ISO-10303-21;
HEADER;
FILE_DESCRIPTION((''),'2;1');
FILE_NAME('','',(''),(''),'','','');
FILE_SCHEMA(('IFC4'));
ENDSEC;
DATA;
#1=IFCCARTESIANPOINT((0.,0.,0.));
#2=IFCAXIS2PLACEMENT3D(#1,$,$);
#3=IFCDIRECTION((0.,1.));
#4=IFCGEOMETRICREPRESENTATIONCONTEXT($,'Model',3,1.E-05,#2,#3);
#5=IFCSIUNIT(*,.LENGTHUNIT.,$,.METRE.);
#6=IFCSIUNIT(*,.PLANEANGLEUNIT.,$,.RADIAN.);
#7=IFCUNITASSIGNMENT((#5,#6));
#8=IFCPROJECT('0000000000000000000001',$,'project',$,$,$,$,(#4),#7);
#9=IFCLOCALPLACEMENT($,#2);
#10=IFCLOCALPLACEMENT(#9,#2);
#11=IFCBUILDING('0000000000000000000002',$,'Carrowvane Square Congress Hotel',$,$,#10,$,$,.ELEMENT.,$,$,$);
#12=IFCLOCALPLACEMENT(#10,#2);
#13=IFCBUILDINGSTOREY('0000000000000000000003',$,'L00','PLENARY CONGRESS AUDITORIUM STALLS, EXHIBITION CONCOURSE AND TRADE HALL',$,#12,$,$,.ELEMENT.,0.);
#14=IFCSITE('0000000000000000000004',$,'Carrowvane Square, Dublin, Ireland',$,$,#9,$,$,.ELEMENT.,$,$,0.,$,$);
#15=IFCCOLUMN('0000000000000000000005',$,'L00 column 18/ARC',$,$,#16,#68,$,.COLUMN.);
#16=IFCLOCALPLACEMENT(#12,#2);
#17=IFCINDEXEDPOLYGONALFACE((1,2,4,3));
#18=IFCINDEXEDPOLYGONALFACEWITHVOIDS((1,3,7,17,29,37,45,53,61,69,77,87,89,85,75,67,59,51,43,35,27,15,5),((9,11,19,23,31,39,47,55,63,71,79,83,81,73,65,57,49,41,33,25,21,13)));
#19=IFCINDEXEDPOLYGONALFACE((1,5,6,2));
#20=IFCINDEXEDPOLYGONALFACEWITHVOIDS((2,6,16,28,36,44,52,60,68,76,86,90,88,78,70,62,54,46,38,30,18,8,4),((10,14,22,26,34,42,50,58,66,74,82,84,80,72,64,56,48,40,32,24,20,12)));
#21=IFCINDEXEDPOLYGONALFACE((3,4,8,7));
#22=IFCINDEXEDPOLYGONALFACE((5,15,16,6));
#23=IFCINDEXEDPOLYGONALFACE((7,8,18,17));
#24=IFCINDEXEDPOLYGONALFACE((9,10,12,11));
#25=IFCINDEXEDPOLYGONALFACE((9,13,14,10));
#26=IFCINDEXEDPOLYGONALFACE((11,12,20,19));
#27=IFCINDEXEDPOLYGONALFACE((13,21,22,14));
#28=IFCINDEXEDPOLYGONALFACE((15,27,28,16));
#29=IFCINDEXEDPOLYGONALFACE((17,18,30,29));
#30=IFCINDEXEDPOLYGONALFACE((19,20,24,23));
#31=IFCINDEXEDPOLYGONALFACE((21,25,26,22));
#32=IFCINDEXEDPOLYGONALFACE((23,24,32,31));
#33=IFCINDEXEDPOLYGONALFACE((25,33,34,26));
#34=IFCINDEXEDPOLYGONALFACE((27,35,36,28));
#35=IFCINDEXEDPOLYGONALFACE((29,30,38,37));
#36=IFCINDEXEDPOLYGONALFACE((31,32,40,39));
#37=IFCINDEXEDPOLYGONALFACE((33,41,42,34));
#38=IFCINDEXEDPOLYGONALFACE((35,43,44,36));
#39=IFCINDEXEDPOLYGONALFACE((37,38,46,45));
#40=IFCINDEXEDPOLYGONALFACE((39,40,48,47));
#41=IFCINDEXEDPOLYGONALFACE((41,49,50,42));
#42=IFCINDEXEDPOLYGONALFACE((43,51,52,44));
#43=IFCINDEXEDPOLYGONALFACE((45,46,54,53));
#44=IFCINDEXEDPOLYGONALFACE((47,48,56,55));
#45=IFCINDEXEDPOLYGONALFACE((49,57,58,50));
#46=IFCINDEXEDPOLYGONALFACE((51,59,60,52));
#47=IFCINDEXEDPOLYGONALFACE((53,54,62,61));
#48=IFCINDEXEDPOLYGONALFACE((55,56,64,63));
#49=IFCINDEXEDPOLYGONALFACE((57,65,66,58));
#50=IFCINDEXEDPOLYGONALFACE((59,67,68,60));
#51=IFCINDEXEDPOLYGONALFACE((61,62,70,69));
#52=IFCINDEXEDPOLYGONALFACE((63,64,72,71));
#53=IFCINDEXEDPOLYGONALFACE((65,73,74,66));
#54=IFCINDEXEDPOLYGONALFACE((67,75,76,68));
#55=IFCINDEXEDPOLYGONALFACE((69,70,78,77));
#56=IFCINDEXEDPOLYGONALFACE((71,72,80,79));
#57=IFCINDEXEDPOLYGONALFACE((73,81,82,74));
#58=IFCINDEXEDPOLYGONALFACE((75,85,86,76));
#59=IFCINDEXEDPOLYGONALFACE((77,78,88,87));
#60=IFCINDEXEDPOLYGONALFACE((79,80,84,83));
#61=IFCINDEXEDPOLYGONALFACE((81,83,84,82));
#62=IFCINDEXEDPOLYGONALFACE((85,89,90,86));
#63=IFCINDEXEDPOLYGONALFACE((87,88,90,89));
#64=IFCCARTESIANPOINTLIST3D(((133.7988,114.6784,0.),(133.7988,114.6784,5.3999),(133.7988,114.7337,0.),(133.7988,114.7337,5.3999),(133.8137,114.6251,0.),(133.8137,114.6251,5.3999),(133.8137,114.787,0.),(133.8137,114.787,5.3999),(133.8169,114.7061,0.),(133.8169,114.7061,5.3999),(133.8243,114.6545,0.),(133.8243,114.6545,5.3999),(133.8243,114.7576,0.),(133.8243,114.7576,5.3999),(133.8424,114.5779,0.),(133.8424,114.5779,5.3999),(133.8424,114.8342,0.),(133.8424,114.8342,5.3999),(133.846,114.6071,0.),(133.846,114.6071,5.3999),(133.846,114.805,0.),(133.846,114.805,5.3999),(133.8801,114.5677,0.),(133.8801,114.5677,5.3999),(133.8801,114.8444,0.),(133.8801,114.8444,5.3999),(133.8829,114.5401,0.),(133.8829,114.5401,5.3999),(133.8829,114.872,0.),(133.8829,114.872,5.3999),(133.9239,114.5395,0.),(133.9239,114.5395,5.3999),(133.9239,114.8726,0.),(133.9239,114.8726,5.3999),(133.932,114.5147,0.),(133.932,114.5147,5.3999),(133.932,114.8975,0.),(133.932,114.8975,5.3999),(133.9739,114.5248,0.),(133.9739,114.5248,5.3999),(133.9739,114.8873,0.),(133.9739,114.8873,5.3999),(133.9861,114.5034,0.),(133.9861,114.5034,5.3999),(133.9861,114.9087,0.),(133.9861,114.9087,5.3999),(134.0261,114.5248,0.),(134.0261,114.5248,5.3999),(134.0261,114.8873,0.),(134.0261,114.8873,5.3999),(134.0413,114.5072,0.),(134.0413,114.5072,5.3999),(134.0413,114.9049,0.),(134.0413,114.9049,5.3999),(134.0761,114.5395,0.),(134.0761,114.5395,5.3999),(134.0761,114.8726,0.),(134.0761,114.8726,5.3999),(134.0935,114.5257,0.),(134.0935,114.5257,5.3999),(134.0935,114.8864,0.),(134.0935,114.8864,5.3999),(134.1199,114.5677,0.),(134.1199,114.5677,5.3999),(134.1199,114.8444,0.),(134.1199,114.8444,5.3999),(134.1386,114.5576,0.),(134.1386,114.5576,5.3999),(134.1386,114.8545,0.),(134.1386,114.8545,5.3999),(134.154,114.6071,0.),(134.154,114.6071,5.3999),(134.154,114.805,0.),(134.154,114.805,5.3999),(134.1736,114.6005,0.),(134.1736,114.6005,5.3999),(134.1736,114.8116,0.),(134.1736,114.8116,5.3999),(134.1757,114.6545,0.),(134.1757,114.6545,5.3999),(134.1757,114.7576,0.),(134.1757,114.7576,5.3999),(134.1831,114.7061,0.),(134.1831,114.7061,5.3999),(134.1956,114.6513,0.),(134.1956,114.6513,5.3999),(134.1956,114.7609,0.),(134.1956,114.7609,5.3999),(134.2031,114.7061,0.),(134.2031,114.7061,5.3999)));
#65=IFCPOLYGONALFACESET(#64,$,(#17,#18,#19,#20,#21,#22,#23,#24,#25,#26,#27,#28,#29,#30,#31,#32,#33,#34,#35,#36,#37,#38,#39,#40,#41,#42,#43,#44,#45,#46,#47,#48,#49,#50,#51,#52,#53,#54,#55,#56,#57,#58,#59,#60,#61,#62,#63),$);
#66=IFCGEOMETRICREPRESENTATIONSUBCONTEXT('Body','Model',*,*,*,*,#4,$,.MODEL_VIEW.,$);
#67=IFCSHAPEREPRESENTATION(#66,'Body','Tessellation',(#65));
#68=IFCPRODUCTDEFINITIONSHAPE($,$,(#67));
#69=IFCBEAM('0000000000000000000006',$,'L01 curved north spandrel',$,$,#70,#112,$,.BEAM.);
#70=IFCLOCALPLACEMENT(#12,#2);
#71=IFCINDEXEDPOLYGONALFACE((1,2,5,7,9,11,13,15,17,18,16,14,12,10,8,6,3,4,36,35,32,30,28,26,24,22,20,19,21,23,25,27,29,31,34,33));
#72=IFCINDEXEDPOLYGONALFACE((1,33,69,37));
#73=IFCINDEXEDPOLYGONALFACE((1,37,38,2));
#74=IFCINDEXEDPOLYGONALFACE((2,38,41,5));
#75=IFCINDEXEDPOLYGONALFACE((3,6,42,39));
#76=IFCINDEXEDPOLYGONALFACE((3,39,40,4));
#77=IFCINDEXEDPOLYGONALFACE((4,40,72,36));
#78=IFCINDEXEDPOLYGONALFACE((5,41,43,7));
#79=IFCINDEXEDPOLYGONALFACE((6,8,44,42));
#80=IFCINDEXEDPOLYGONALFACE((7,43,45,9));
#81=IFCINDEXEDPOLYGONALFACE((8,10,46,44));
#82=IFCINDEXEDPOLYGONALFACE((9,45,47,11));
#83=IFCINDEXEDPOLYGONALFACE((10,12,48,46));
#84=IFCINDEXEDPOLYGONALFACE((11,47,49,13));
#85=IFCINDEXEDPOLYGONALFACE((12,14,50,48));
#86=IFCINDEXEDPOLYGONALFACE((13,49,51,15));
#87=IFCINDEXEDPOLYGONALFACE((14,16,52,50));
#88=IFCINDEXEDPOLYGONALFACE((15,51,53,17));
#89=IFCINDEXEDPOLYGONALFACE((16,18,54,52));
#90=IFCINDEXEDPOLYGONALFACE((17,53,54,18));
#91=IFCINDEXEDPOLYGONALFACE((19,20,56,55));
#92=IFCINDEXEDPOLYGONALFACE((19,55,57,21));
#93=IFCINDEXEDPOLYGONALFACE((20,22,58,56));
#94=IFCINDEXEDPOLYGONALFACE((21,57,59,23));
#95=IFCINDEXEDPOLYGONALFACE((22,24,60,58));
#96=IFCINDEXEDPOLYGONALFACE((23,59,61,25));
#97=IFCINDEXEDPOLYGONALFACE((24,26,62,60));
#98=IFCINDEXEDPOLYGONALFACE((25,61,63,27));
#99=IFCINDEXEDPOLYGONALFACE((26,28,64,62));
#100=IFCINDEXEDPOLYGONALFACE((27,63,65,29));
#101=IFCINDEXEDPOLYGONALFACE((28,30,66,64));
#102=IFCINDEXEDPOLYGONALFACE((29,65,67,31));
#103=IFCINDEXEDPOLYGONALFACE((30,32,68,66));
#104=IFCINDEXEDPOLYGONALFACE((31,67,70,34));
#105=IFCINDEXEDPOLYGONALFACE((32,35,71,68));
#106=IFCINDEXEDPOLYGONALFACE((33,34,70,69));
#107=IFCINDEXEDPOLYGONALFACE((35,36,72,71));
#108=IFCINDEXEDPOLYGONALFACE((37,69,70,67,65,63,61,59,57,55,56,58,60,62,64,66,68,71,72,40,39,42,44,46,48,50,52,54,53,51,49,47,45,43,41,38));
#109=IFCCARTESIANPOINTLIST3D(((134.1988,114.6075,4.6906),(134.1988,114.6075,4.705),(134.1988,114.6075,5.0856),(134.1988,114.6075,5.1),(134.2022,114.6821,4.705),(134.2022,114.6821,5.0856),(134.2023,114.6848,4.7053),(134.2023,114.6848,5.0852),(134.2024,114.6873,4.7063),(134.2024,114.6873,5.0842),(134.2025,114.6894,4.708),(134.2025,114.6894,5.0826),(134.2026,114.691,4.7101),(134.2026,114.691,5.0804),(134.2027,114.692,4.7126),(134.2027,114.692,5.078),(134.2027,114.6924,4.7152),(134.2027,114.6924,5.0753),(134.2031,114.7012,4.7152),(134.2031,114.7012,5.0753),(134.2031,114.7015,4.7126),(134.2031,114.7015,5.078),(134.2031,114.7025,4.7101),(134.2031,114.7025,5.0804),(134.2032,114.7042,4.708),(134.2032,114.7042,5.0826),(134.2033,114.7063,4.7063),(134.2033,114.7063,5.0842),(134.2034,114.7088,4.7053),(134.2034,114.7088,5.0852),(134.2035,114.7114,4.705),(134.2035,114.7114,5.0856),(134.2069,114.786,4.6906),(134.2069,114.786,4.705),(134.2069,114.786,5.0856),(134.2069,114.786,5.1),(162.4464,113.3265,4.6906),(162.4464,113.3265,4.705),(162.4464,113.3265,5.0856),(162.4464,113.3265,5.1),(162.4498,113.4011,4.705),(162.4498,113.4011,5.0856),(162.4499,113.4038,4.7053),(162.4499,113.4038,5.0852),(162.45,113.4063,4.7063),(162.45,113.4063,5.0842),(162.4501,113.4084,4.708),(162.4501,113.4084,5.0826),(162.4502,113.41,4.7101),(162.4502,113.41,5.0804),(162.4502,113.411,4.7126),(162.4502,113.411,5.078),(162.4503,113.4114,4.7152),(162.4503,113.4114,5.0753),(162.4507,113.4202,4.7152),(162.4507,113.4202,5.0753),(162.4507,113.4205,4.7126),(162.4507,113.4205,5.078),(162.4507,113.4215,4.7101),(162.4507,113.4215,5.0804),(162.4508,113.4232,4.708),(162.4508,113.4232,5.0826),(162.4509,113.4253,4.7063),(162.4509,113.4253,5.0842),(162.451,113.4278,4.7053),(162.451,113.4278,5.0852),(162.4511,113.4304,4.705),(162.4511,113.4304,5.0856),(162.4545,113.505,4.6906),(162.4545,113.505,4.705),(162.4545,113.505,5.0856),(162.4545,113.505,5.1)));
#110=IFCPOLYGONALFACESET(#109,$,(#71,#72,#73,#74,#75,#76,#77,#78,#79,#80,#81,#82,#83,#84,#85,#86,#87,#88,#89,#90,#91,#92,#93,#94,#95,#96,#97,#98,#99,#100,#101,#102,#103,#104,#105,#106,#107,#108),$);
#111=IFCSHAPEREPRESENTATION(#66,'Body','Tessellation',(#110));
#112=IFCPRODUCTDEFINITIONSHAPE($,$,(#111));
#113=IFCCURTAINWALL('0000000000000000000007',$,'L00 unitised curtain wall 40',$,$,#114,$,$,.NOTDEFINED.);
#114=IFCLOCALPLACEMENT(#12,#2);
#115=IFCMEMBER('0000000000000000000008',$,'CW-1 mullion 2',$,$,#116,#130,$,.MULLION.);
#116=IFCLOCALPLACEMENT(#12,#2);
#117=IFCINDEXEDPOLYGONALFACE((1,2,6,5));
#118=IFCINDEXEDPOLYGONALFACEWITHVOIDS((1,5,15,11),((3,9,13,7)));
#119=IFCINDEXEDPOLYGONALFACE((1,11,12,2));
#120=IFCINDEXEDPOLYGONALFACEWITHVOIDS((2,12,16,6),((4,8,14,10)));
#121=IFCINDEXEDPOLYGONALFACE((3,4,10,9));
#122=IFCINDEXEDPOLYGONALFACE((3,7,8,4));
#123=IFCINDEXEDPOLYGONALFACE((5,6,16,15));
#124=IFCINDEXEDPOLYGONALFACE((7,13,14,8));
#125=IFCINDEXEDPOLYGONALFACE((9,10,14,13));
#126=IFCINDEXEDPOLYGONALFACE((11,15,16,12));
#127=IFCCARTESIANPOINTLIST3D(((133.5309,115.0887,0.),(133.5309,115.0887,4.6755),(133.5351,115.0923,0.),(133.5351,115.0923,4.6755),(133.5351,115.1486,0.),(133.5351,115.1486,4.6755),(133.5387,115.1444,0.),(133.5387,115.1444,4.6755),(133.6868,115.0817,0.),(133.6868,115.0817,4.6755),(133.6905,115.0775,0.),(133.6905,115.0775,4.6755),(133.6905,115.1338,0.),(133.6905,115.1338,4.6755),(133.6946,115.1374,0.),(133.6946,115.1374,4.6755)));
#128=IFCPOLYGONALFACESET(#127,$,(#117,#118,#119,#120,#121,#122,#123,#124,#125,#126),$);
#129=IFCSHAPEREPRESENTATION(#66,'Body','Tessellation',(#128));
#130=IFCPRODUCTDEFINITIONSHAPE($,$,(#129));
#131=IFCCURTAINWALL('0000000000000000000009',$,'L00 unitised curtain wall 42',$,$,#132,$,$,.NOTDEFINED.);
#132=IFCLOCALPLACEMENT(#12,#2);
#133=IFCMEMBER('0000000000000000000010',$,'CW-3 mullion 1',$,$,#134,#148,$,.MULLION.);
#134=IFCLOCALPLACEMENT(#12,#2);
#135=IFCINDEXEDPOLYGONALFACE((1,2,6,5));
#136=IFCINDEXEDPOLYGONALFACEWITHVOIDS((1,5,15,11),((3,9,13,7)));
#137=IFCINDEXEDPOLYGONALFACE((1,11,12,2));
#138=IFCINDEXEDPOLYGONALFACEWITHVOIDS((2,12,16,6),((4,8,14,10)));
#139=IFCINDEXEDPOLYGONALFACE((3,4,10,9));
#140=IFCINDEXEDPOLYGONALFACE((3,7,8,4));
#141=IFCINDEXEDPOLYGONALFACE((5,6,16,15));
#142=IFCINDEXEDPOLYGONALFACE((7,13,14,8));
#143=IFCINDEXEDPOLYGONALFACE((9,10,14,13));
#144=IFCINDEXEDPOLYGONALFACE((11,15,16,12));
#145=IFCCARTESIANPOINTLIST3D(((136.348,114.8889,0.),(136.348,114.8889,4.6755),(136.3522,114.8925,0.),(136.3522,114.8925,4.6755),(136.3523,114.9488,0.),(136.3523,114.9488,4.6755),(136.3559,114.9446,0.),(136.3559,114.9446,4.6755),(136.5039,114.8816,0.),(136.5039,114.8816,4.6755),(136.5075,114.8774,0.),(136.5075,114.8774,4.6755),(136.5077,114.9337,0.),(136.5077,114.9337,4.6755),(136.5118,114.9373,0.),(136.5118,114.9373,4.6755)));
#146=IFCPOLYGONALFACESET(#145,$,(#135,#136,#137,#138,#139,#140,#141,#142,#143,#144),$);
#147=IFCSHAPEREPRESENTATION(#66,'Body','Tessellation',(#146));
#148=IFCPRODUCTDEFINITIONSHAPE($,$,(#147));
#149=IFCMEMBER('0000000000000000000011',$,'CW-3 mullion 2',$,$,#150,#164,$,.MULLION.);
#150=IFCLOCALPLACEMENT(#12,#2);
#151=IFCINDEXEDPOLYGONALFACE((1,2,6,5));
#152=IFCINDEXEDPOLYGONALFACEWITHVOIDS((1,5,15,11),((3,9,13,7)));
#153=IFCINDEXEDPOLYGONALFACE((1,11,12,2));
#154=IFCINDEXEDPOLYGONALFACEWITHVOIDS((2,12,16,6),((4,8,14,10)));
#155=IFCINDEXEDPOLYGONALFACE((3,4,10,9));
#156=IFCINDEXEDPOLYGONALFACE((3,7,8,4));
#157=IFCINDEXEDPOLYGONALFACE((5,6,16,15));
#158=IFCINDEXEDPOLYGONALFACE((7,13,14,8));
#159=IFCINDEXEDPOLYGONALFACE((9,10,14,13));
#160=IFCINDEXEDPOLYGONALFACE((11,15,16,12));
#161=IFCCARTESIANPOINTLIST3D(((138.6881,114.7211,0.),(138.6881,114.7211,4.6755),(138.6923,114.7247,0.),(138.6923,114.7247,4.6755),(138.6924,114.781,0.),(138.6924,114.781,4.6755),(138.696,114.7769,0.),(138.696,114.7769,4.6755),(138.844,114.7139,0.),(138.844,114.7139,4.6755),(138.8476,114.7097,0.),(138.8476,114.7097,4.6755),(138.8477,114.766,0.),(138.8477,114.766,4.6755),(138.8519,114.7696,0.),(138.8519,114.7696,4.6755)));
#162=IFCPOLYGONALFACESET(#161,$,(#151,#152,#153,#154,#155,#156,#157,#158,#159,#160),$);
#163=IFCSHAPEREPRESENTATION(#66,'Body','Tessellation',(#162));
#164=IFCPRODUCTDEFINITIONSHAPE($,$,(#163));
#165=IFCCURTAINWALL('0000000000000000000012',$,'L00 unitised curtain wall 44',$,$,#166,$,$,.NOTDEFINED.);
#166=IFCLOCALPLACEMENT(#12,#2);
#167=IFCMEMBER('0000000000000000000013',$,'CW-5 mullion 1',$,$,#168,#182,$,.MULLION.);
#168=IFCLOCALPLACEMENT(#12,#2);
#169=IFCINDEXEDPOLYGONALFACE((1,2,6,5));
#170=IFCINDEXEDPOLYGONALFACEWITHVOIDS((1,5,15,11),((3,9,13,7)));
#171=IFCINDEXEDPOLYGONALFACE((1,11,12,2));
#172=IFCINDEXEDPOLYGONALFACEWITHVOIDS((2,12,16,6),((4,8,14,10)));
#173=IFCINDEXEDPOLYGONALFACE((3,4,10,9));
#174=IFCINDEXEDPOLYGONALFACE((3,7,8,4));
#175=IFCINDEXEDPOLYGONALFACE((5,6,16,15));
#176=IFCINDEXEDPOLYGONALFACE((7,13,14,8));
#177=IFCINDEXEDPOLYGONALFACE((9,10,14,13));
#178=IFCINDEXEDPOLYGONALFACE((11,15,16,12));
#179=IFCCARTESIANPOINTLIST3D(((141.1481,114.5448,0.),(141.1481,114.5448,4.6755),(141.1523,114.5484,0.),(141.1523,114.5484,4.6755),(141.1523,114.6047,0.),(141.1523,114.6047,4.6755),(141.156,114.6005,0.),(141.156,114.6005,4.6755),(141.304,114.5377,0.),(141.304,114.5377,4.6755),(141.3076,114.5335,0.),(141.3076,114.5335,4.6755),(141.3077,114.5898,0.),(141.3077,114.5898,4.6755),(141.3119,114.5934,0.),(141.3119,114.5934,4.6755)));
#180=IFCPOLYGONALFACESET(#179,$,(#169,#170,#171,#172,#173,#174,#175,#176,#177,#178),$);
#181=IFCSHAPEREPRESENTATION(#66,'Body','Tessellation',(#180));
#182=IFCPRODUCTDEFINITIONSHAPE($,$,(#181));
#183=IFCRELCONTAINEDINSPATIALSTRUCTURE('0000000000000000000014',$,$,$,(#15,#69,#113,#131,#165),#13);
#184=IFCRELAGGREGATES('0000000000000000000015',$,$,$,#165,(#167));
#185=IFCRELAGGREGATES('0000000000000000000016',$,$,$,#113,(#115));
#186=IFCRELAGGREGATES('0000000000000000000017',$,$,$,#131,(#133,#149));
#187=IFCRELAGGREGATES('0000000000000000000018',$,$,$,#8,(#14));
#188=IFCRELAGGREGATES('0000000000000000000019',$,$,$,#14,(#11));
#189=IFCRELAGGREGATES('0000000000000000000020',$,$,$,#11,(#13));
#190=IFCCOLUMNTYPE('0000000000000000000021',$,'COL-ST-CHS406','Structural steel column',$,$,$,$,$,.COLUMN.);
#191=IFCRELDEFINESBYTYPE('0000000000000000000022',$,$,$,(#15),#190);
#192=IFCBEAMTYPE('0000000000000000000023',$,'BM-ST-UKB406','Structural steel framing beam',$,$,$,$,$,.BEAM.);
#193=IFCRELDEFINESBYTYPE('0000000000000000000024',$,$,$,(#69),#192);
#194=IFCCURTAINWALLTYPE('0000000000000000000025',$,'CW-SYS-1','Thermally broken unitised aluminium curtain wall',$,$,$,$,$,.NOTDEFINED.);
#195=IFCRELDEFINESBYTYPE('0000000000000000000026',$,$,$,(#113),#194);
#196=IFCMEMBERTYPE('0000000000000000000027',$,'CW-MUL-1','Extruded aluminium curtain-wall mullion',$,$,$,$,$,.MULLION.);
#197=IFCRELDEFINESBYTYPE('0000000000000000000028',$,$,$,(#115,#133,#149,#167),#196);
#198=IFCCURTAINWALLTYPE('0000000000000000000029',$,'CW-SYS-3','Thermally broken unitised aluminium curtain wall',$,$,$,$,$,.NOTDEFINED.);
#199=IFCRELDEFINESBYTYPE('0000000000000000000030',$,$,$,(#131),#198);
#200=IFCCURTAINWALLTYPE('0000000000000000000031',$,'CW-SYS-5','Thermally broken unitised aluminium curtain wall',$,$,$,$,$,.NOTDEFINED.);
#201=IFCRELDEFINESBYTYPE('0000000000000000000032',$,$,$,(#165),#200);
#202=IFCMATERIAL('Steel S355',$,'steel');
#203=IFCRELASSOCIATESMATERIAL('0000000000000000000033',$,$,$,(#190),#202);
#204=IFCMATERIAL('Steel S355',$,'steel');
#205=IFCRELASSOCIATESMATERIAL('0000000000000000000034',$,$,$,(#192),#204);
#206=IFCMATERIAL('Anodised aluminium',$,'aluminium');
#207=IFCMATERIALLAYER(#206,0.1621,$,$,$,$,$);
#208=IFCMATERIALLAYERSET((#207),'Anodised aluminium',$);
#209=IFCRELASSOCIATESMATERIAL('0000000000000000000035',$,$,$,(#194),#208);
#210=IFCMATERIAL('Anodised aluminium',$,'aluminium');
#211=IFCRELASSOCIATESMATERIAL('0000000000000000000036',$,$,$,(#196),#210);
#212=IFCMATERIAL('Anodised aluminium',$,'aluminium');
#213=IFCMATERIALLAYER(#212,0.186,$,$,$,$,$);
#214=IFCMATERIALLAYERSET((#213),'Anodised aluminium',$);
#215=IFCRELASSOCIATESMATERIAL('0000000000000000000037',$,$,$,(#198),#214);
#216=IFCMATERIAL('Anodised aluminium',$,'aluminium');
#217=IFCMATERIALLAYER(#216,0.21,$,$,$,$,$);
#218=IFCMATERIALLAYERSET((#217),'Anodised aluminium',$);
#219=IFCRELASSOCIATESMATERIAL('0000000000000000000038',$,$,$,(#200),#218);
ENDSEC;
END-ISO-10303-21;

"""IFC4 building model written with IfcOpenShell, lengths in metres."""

from ifc_helpers import new_model, si_unit, direction, frame, origin, origin_2d, place, context, subcontext, project, spatial, hollow_rectangle, hollow_circle, i_section, extrude, material, layer, layer_set, material_profile, profile_set, type_object, element, aggregate, save


model = new_model("IFC4")

# Units and contexts
model_context = context("Model", 3, precision=1e-05, world=origin(), true_north=direction((0.0, 1.0)))
body_context = subcontext(model_context, "Body", "Model", "MODEL_VIEW")
ifc_project = project(units=[si_unit("LENGTHUNIT", "METRE"), si_unit("PLANEANGLEUNIT", "RADIAN")], contexts=[model_context])

# Site, building, storey
site_placement = place(None, origin())
site = spatial("IfcSite", under=ifc_project, at=site_placement, Name="Carrowvane Square, Dublin, Ireland", CompositionType="ELEMENT", RefElevation=0.0)
building_placement = place(site_placement, origin())
building = spatial("IfcBuilding", under=site, at=building_placement, Name="Carrowvane Square Congress Hotel", CompositionType="ELEMENT")
storey_placement = place(building_placement, origin())
storey = spatial("IfcBuildingStorey", under=building, at=storey_placement, Name="L00", Description="PLENARY CONGRESS AUDITORIUM STALLS, EXHIBITION CONCOURSE AND TRADE HALL", CompositionType="ELEMENT", Elevation=0.0)

# Column
ifc_material_1 = material(Name="Steel S355", Category="steel")
ifc_material_profile_1 = material_profile(ifc_material_1, hollow_circle(Radius=0.2031, WallThickness=0.02, at=origin_2d()), Name="CHS 406.4x20")
ifc_profile_set_1 = profile_set([ifc_material_profile_1], Name="Steel S355")
column_type = type_object("IfcColumnType", Name="COL-ST-CHS406", Description="Structural steel column", PredefinedType="COLUMN", material=ifc_profile_set_1)
column_placement = place(storey_placement, frame((134.0, 114.7061, 0.0), z_axis=(0.0, 0.0, 1.0), x_axis=(1.0, 0.0, 0.0)))
element("IfcColumn", 1, at=column_placement, inside=storey, type_object=column_type, Name="L00 column 18/ARC", PredefinedType="COLUMN", context=body_context, shape_type="SweptSolid", body=[
    extrude(hollow_circle(Radius=0.2031, WallThickness=0.02, at=origin_2d()), origin(), (0.0, 0.0, 1.0), 5.3999),
])

# Beam
ifc_material_2 = material(Name="Steel S355", Category="steel")
ifc_material_profile_2 = material_profile(ifc_material_2, i_section(OverallWidth=0.1787, OverallDepth=0.4094, WebThickness=0.0088, FlangeThickness=0.0144, FilletRadius=0.0103, at=origin_2d()), Name="UKB 406x178x67")
ifc_profile_set_2 = profile_set([ifc_material_profile_2], Name="Steel S355")
beam_type = type_object("IfcBeamType", Name="BM-ST-UKB406", Description="Structural steel framing beam", PredefinedType="BEAM", material=ifc_profile_set_2)
beam_placement = place(storey_placement, frame((134.2029, 114.6968, 4.8953), z_axis=(0.998973, -0.045303, 0.0), x_axis=(0.045303, 0.998973, 0.0)))
element("IfcBeam", 2, at=beam_placement, inside=storey, type_object=beam_type, Name="L01 curved north spandrel", PredefinedType="BEAM", context=body_context, shape_type="SweptSolid", body=[
    extrude(i_section(OverallWidth=0.1787, OverallDepth=0.4094, WebThickness=0.0088, FlangeThickness=0.0144, FilletRadius=0.0103, at=origin_2d()), origin(), (0.0, 0.0, 1.0), 28.2766),
])

# Curtain wall, member
ifc_material_3 = material(Name="Anodised aluminium", Category="aluminium")
ifc_layer_1 = layer(ifc_material_3, 0.1621)
ifc_layer_set_1 = layer_set([ifc_layer_1], Name="Anodised aluminium")
curtain_wall_type_1 = type_object("IfcCurtainWallType", Name="CW-SYS-1", Description="Thermally broken unitised aluminium curtain wall", PredefinedType="NOTDEFINED", material=ifc_layer_set_1)
curtain_wall_1_placement = place(storey_placement, origin())
curtain_wall_1 = element("IfcCurtainWall", 3, at=curtain_wall_1_placement, inside=storey, type_object=curtain_wall_type_1, Name="L00 unitised curtain wall 40", PredefinedType="NOTDEFINED")
ifc_material_4 = material(Name="Anodised aluminium", Category="aluminium")
ifc_material_profile_3 = material_profile(ifc_material_4, hollow_rectangle(XDim=0.0601, YDim=0.1599, WallThickness=0.0039, at=origin_2d()), Name="CW-ML 60x160x4")
ifc_profile_set_3 = profile_set([ifc_material_profile_3], Name="Anodised aluminium")
member_type_1 = type_object("IfcMemberType", Name="CW-MUL-1", Description="Extruded aluminium curtain-wall mullion", PredefinedType="MULLION", material=ifc_profile_set_3)
member_1_placement = place(storey_placement, frame((133.6128, 115.113, 0.0), z_axis=(0.0, 0.0, 1.0), x_axis=(0.069727, 0.997566, 0.0)))
member_1 = element("IfcMember", 4, at=member_1_placement, type_object=member_type_1, Name="CW-1 mullion 2", PredefinedType="MULLION", context=body_context, shape_type="SweptSolid", body=[
    extrude(hollow_rectangle(XDim=0.0601, YDim=0.1599, WallThickness=0.0039, at=origin_2d()), origin(), (0.0, 0.0, 1.0), 4.6755),
])

# Curtain wall, members
ifc_material_5 = material(Name="Anodised aluminium", Category="aluminium")
ifc_layer_2 = layer(ifc_material_5, 0.186)
ifc_layer_set_2 = layer_set([ifc_layer_2], Name="Anodised aluminium")
curtain_wall_type_2 = type_object("IfcCurtainWallType", Name="CW-SYS-3", Description="Thermally broken unitised aluminium curtain wall", PredefinedType="NOTDEFINED", material=ifc_layer_set_2)
curtain_wall_2_placement = place(storey_placement, origin())
curtain_wall_2 = element("IfcCurtainWall", 5, at=curtain_wall_2_placement, inside=storey, type_object=curtain_wall_type_2, Name="L00 unitised curtain wall 42", PredefinedType="NOTDEFINED")
member_2_placement = place(storey_placement, frame((136.4299, 114.9131, 0.0), z_axis=(0.0, 0.0, 1.0), x_axis=(0.071532, 0.997438, 0.0)))
member_2 = element("IfcMember", 6, at=member_2_placement, type_object=member_type_1, Name="CW-3 mullion 1", PredefinedType="MULLION", context=body_context, shape_type="SweptSolid", body=[
    extrude(hollow_rectangle(XDim=0.0601, YDim=0.1599, WallThickness=0.0039, at=origin_2d()), origin(), (0.0, 0.0, 1.0), 4.6755),
])
member_3_placement = place(storey_placement, frame((138.77, 114.7454, 0.0), z_axis=(0.0, 0.0, 1.0), x_axis=(0.071532, 0.997438, 0.0)))
member_3 = element("IfcMember", 7, at=member_3_placement, type_object=member_type_1, Name="CW-3 mullion 2", PredefinedType="MULLION", context=body_context, shape_type="SweptSolid", body=[
    extrude(hollow_rectangle(XDim=0.0601, YDim=0.1599, WallThickness=0.0039, at=origin_2d()), origin(), (0.0, 0.0, 1.0), 4.6755),
])

# Curtain wall, member
ifc_material_6 = material(Name="Anodised aluminium", Category="aluminium")
ifc_layer_3 = layer(ifc_material_6, 0.21)
ifc_layer_set_3 = layer_set([ifc_layer_3], Name="Anodised aluminium")
curtain_wall_type_3 = type_object("IfcCurtainWallType", Name="CW-SYS-5", Description="Thermally broken unitised aluminium curtain wall", PredefinedType="NOTDEFINED", material=ifc_layer_set_3)
curtain_wall_3_placement = place(storey_placement, origin())
curtain_wall_3 = element("IfcCurtainWall", 8, at=curtain_wall_3_placement, inside=storey, type_object=curtain_wall_type_3, Name="L00 unitised curtain wall 44", PredefinedType="NOTDEFINED")
member_4_placement = place(storey_placement, frame((141.23, 114.5691, 0.0), z_axis=(0.0, 0.0, 1.0), x_axis=(0.070586, 0.997506, 0.0)))
member_4 = element("IfcMember", 9, at=member_4_placement, type_object=member_type_1, Name="CW-5 mullion 1", PredefinedType="MULLION", context=body_context, shape_type="SweptSolid", body=[
    extrude(hollow_rectangle(XDim=0.0601, YDim=0.1599, WallThickness=0.0039, at=origin_2d()), origin(), (0.0, 0.0, 1.0), 4.6755),
])

aggregate(curtain_wall_3, [member_4])

aggregate(curtain_wall_1, [member_1])
aggregate(curtain_wall_2, [member_2, member_3])

save(model, "model.ifc")
